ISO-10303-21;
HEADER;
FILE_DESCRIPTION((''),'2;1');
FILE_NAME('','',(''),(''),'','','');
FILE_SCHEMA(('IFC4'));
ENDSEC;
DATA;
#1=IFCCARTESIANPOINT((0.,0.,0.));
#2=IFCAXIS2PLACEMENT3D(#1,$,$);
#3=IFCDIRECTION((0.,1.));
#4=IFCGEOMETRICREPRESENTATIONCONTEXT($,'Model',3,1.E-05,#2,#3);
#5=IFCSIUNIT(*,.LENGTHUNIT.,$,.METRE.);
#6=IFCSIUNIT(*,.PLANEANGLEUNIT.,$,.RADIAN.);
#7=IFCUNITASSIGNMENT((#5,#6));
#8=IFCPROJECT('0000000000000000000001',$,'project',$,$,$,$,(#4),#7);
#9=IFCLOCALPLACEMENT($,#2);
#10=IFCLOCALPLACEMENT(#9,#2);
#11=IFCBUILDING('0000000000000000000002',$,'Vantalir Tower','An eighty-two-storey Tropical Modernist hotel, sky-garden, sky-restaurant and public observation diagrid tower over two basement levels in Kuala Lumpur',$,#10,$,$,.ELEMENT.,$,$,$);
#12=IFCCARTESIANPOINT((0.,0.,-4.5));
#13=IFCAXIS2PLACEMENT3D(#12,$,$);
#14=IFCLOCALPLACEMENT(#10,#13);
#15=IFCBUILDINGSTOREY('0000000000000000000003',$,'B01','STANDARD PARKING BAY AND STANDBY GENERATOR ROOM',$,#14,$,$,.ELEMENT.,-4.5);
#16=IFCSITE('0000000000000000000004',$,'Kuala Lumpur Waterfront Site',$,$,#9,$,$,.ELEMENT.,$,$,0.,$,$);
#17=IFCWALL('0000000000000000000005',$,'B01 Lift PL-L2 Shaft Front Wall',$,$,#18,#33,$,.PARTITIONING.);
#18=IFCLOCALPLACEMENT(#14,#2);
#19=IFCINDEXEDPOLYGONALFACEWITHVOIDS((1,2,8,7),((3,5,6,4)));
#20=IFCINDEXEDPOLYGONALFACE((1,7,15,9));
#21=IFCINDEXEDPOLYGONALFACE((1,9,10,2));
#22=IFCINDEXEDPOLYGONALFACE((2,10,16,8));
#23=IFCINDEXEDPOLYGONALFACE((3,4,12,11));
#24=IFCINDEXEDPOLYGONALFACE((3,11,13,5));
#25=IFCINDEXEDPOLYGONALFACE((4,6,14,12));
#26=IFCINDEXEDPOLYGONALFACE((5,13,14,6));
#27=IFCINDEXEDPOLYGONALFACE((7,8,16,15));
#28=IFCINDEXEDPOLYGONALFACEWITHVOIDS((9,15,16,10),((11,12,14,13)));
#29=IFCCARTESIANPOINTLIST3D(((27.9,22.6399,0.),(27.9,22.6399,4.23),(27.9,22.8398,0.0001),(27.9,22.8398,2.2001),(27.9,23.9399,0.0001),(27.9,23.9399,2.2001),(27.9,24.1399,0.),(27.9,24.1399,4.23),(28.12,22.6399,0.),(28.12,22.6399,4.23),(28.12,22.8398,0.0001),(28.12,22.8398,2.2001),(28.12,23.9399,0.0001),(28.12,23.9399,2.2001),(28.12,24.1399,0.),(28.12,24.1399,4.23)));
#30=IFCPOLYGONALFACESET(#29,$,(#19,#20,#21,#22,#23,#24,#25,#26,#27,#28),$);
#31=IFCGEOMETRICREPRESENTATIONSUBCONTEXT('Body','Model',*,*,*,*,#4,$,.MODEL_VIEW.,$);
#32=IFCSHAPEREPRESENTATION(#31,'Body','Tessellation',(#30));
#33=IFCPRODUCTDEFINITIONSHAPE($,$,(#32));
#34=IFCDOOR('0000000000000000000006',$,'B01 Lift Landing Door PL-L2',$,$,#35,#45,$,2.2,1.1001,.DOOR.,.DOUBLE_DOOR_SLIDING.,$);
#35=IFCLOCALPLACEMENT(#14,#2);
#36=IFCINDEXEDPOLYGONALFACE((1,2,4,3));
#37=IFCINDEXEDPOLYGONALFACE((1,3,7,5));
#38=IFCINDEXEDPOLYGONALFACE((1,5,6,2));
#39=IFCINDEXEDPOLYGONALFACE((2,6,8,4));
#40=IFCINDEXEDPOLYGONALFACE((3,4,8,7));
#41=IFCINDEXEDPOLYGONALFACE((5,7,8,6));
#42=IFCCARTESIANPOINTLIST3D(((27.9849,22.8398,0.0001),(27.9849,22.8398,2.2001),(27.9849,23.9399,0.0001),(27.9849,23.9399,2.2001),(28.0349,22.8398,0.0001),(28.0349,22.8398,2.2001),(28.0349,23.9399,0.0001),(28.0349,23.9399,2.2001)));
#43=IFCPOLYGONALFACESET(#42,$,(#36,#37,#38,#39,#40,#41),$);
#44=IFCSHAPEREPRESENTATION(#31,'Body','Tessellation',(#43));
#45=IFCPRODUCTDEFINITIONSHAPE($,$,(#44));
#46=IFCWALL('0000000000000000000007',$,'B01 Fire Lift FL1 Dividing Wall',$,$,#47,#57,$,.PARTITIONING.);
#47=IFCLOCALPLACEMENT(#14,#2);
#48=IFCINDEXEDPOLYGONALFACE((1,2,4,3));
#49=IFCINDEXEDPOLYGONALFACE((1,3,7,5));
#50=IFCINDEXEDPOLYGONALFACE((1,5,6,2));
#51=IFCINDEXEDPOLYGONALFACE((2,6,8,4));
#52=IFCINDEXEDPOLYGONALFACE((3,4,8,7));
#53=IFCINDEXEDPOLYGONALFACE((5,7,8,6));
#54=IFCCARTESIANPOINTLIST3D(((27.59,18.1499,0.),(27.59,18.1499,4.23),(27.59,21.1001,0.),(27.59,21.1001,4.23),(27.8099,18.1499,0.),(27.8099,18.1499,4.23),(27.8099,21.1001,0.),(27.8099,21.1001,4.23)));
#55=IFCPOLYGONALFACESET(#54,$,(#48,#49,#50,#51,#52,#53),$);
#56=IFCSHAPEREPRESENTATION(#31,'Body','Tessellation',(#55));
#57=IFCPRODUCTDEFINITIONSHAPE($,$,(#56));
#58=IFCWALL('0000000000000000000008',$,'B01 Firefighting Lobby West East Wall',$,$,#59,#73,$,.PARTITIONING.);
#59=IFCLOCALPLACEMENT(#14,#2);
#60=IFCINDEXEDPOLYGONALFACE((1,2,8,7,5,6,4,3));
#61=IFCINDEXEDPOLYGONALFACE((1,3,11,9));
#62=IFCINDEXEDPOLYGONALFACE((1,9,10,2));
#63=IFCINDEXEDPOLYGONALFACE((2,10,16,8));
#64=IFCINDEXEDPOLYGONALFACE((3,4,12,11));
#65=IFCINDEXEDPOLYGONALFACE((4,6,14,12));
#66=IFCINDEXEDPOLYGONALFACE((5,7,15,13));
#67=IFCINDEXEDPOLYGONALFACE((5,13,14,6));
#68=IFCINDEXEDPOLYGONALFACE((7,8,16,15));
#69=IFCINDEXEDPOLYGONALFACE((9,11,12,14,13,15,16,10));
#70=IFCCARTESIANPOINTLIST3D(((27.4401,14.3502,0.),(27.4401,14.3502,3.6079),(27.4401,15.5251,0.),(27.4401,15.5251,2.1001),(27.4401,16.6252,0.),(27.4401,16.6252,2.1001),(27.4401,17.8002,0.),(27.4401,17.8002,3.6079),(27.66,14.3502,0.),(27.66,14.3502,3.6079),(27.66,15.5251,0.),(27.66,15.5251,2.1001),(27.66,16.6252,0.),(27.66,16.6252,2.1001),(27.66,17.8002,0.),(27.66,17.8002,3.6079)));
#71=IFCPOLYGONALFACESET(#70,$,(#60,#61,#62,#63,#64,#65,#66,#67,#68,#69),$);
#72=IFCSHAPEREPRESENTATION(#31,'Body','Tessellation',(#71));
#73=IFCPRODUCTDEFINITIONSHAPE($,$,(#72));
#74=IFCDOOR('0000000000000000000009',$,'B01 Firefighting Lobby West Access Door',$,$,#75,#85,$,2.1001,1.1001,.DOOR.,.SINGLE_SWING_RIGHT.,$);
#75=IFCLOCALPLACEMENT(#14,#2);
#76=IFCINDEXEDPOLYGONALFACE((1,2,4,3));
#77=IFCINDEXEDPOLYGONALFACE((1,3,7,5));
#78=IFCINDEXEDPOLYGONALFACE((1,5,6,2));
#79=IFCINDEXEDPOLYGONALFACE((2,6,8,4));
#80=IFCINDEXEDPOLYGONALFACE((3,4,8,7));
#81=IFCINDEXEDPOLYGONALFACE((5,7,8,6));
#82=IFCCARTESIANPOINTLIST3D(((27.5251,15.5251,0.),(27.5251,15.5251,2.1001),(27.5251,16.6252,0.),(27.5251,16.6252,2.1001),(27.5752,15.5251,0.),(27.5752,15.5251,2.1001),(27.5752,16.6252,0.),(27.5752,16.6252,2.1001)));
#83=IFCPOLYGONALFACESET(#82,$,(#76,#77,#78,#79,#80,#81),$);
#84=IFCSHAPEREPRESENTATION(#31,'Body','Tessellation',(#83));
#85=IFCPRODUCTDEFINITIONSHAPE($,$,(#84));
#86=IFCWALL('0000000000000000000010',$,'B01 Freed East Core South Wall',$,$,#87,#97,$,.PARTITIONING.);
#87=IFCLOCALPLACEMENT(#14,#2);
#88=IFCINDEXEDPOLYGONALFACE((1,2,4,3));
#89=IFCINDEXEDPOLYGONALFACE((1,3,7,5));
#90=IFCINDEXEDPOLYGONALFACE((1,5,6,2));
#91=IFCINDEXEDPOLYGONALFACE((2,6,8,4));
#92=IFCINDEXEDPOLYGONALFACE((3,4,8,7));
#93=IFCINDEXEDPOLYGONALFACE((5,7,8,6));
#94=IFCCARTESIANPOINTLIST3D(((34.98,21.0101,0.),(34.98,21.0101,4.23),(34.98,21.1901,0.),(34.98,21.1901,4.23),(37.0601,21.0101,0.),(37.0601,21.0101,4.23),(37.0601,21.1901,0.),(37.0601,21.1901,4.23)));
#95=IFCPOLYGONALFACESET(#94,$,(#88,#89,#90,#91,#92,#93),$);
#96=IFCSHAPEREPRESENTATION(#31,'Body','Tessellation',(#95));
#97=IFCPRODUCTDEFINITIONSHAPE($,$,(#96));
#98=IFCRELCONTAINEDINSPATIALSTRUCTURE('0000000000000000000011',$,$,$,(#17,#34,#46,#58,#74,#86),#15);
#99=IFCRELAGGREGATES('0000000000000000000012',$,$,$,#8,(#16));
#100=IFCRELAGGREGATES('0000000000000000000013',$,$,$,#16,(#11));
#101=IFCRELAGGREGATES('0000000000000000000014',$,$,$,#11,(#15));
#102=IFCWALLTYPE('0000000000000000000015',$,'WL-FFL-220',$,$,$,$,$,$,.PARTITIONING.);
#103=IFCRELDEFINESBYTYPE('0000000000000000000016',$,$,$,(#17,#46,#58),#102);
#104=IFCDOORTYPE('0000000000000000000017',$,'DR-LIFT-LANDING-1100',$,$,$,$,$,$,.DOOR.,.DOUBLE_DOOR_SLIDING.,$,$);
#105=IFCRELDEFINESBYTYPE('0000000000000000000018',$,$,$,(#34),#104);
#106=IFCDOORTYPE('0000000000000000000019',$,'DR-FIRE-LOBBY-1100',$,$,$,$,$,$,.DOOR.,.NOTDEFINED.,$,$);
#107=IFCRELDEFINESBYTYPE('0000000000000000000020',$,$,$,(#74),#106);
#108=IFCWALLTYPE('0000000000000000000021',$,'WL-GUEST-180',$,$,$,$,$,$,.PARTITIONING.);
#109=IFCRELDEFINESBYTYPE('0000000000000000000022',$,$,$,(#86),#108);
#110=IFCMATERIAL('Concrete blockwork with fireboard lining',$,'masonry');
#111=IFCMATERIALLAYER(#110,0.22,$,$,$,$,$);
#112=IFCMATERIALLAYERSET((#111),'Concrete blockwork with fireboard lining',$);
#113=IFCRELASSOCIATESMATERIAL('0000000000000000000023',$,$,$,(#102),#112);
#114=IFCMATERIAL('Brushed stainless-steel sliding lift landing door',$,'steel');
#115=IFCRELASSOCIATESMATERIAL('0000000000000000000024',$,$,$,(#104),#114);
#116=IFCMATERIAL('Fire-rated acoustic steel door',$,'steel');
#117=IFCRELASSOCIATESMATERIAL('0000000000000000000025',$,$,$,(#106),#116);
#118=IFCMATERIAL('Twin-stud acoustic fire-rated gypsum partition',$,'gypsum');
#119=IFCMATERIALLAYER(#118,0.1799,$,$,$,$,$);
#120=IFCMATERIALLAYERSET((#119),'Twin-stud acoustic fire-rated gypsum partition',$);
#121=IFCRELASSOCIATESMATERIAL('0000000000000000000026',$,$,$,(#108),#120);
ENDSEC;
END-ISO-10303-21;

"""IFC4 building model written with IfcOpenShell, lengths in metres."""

from ifc_helpers import new_model, si_unit, direction, frame, frame_2d, origin, place, context, subcontext, project, spatial, rectangle, extrude, material, layer, layer_set, type_object, element, fill, save


model = new_model("IFC4")

# Units and contexts
model_context = context("Model", 3, precision=1e-05, world=origin(), true_north=direction((0.0, 1.0)))
body_context = subcontext(model_context, "Body", "Model", "MODEL_VIEW")
ifc_project = project(units=[si_unit("LENGTHUNIT", "METRE"), si_unit("PLANEANGLEUNIT", "RADIAN")], contexts=[model_context])

# Site, building, storey
site_placement = place(None, origin())
site = spatial("IfcSite", under=ifc_project, at=site_placement, Name="Kuala Lumpur Waterfront Site", CompositionType="ELEMENT", RefElevation=0.0)
building_placement = place(site_placement, origin())
building = spatial("IfcBuilding", under=site, at=building_placement, Name="Vantalir Tower", Description="An eighty-two-storey Tropical Modernist hotel, sky-garden, sky-restaurant and public observation diagrid tower over two basement levels in Kuala Lumpur", CompositionType="ELEMENT")
storey_placement = place(building_placement, frame((0.0, 0.0, -4.5)))
storey = spatial("IfcBuildingStorey", under=building, at=storey_placement, Name="B01", Description="STANDARD PARKING BAY AND STANDBY GENERATOR ROOM", CompositionType="ELEMENT", Elevation=-4.5)

# Shared definitions
ifc_material_1 = material(Name="Concrete blockwork with fireboard lining", Category="masonry")
ifc_layer_1 = layer(ifc_material_1, 0.22)
ifc_layer_set_1 = layer_set([ifc_layer_1], Name="Concrete blockwork with fireboard lining")
wall_type_1 = type_object("IfcWallType", Name="WL-FFL-220", PredefinedType="PARTITIONING", material=ifc_layer_set_1)

# Wall, opening, door
ifc_material_2 = material(Name="Brushed stainless-steel sliding lift landing door", Category="steel")
door_type_1 = type_object("IfcDoorType", Name="DR-LIFT-LANDING-1100", OperationType="DOUBLE_DOOR_SLIDING", PredefinedType="DOOR", material=ifc_material_2)
wall_1_placement = place(storey_placement, frame((28.01, 22.6399, 0.0), z_axis=(0.0, 0.0, 1.0), x_axis=(0.0, 1.0, 0.0)))
wall_1 = element("IfcWall", 1, at=wall_1_placement, inside=storey, type_object=wall_type_1, Name="B01 Lift PL-L2 Shaft Front Wall", PredefinedType="PARTITIONING", context=body_context, shape_type="SweptSolid", body=[
    extrude(rectangle(XDim=1.5, YDim=0.22, at=frame_2d((0.75, 0.0))), origin(), (0.0, 0.0, 1.0), 4.23),
])
opening_1_placement = place(wall_1_placement, frame((0.2, 0.0, 0.0)))
opening_1 = element("IfcOpeningElement", 2, at=opening_1_placement, cuts=wall_1, PredefinedType="OPENING", context=body_context, shape_type="SweptSolid", body=[
    extrude(rectangle(XDim=1.1001, YDim=2.2, at=frame_2d((0.55, 1.1001))), frame((0.0, 0.1199, 0.0), z_axis=(0.0, -1.0, 0.0), x_axis=(1.0, 0.0, 0.0)), (0.0, 0.0, 1.0), 0.24),
])
door_1_placement = place(opening_1_placement, frame((1.1001, 0.0, 0.0), z_axis=(0.0, 0.0, 1.0), x_axis=(-1.0, 0.0, 0.0)))
door_1 = element("IfcDoor", 3, at=door_1_placement, inside=storey, type_object=door_type_1, Name="B01 Lift Landing Door PL-L2", OperationType="DOUBLE_DOOR_SLIDING", OverallHeight=2.2, OverallWidth=1.1001, PredefinedType="DOOR", context=body_context, shape_type="SweptSolid", body=[
    extrude(rectangle(XDim=1.1001, YDim=2.2, at=frame_2d((0.55, 1.1001))), frame((0.0, 0.0249, 0.0), z_axis=(0.0, -1.0, 0.0), x_axis=(1.0, 0.0, 0.0)), (0.0, 0.0, 1.0), 0.05),
])
fill(opening_1, door_1)

# Wall
wall_2_placement = place(storey_placement, frame((27.7, 18.1499, 0.0), z_axis=(0.0, 0.0, 1.0), x_axis=(0.0, 1.0, 0.0)))
element("IfcWall", 4, at=wall_2_placement, inside=storey, type_object=wall_type_1, Name="B01 Fire Lift FL1 Dividing Wall", PredefinedType="PARTITIONING", context=body_context, shape_type="SweptSolid", body=[
    extrude(rectangle(XDim=2.9502, YDim=0.22, at=frame_2d((1.4751, 0.0))), origin(), (0.0, 0.0, 1.0), 4.23),
])

# Wall, opening, door
wall_3_placement = place(storey_placement, frame((27.55, 14.3501, 0.0), z_axis=(0.0, 0.0, 1.0), x_axis=(0.0, 1.0, 0.0)))
wall_3 = element("IfcWall", 5, at=wall_3_placement, inside=storey, type_object=wall_type_1, Name="B01 Firefighting Lobby West East Wall", PredefinedType="PARTITIONING", context=body_context, shape_type="SweptSolid", body=[
    extrude(rectangle(XDim=3.45, YDim=0.22, at=frame_2d((1.7251, 0.0))), origin(), (0.0, 0.0, 1.0), 3.6079),
])
opening_2_placement = place(wall_3_placement, frame((1.175, 0.0, 0.0)))
opening_2 = element("IfcOpeningElement", 6, at=opening_2_placement, cuts=wall_3, PredefinedType="OPENING", context=body_context, shape_type="SweptSolid", body=[
    extrude(rectangle(XDim=1.1001, YDim=2.1001, at=frame_2d((0.55, 1.05))), frame((0.0, 0.1199, 0.0), z_axis=(0.0, -1.0, 0.0), x_axis=(1.0, 0.0, 0.0)), (0.0, 0.0, 1.0), 0.24),
])
ifc_material_3 = material(Name="Fire-rated acoustic steel door", Category="steel")
door_type_2 = type_object("IfcDoorType", Name="DR-FIRE-LOBBY-1100", OperationType="NOTDEFINED", PredefinedType="DOOR", material=ifc_material_3)
door_2_placement = place(opening_2_placement, origin())
door_2 = element("IfcDoor", 7, at=door_2_placement, inside=storey, type_object=door_type_2, Name="B01 Firefighting Lobby West Access Door", OperationType="SINGLE_SWING_RIGHT", OverallHeight=2.1001, OverallWidth=1.1001, PredefinedType="DOOR", context=body_context, shape_type="SweptSolid", body=[
    extrude(rectangle(XDim=1.1001, YDim=2.1001, at=frame_2d((0.55, 1.05))), frame((0.0, 0.0249, 0.0), z_axis=(0.0, -1.0, 0.0), x_axis=(1.0, 0.0, 0.0)), (0.0, 0.0, 1.0), 0.05),
])
fill(opening_2, door_2)

# Wall
ifc_material_4 = material(Name="Twin-stud acoustic fire-rated gypsum partition", Category="gypsum")
ifc_layer_2 = layer(ifc_material_4, 0.1799)
ifc_layer_set_2 = layer_set([ifc_layer_2], Name="Twin-stud acoustic fire-rated gypsum partition")
wall_type_2 = type_object("IfcWallType", Name="WL-GUEST-180", PredefinedType="PARTITIONING", material=ifc_layer_set_2)
wall_4_placement = place(storey_placement, frame((34.98, 21.1001, 0.0), z_axis=(0.0, 0.0, 1.0), x_axis=(1.0, 0.0, 0.0)))
element("IfcWall", 8, at=wall_4_placement, inside=storey, type_object=wall_type_2, Name="B01 Freed East Core South Wall", PredefinedType="PARTITIONING", context=body_context, shape_type="SweptSolid", body=[
    extrude(rectangle(XDim=2.0801, YDim=0.1799, at=frame_2d((1.04, 0.0))), origin(), (0.0, 0.0, 1.0), 4.23),
])

save(model, "model.ifc")
